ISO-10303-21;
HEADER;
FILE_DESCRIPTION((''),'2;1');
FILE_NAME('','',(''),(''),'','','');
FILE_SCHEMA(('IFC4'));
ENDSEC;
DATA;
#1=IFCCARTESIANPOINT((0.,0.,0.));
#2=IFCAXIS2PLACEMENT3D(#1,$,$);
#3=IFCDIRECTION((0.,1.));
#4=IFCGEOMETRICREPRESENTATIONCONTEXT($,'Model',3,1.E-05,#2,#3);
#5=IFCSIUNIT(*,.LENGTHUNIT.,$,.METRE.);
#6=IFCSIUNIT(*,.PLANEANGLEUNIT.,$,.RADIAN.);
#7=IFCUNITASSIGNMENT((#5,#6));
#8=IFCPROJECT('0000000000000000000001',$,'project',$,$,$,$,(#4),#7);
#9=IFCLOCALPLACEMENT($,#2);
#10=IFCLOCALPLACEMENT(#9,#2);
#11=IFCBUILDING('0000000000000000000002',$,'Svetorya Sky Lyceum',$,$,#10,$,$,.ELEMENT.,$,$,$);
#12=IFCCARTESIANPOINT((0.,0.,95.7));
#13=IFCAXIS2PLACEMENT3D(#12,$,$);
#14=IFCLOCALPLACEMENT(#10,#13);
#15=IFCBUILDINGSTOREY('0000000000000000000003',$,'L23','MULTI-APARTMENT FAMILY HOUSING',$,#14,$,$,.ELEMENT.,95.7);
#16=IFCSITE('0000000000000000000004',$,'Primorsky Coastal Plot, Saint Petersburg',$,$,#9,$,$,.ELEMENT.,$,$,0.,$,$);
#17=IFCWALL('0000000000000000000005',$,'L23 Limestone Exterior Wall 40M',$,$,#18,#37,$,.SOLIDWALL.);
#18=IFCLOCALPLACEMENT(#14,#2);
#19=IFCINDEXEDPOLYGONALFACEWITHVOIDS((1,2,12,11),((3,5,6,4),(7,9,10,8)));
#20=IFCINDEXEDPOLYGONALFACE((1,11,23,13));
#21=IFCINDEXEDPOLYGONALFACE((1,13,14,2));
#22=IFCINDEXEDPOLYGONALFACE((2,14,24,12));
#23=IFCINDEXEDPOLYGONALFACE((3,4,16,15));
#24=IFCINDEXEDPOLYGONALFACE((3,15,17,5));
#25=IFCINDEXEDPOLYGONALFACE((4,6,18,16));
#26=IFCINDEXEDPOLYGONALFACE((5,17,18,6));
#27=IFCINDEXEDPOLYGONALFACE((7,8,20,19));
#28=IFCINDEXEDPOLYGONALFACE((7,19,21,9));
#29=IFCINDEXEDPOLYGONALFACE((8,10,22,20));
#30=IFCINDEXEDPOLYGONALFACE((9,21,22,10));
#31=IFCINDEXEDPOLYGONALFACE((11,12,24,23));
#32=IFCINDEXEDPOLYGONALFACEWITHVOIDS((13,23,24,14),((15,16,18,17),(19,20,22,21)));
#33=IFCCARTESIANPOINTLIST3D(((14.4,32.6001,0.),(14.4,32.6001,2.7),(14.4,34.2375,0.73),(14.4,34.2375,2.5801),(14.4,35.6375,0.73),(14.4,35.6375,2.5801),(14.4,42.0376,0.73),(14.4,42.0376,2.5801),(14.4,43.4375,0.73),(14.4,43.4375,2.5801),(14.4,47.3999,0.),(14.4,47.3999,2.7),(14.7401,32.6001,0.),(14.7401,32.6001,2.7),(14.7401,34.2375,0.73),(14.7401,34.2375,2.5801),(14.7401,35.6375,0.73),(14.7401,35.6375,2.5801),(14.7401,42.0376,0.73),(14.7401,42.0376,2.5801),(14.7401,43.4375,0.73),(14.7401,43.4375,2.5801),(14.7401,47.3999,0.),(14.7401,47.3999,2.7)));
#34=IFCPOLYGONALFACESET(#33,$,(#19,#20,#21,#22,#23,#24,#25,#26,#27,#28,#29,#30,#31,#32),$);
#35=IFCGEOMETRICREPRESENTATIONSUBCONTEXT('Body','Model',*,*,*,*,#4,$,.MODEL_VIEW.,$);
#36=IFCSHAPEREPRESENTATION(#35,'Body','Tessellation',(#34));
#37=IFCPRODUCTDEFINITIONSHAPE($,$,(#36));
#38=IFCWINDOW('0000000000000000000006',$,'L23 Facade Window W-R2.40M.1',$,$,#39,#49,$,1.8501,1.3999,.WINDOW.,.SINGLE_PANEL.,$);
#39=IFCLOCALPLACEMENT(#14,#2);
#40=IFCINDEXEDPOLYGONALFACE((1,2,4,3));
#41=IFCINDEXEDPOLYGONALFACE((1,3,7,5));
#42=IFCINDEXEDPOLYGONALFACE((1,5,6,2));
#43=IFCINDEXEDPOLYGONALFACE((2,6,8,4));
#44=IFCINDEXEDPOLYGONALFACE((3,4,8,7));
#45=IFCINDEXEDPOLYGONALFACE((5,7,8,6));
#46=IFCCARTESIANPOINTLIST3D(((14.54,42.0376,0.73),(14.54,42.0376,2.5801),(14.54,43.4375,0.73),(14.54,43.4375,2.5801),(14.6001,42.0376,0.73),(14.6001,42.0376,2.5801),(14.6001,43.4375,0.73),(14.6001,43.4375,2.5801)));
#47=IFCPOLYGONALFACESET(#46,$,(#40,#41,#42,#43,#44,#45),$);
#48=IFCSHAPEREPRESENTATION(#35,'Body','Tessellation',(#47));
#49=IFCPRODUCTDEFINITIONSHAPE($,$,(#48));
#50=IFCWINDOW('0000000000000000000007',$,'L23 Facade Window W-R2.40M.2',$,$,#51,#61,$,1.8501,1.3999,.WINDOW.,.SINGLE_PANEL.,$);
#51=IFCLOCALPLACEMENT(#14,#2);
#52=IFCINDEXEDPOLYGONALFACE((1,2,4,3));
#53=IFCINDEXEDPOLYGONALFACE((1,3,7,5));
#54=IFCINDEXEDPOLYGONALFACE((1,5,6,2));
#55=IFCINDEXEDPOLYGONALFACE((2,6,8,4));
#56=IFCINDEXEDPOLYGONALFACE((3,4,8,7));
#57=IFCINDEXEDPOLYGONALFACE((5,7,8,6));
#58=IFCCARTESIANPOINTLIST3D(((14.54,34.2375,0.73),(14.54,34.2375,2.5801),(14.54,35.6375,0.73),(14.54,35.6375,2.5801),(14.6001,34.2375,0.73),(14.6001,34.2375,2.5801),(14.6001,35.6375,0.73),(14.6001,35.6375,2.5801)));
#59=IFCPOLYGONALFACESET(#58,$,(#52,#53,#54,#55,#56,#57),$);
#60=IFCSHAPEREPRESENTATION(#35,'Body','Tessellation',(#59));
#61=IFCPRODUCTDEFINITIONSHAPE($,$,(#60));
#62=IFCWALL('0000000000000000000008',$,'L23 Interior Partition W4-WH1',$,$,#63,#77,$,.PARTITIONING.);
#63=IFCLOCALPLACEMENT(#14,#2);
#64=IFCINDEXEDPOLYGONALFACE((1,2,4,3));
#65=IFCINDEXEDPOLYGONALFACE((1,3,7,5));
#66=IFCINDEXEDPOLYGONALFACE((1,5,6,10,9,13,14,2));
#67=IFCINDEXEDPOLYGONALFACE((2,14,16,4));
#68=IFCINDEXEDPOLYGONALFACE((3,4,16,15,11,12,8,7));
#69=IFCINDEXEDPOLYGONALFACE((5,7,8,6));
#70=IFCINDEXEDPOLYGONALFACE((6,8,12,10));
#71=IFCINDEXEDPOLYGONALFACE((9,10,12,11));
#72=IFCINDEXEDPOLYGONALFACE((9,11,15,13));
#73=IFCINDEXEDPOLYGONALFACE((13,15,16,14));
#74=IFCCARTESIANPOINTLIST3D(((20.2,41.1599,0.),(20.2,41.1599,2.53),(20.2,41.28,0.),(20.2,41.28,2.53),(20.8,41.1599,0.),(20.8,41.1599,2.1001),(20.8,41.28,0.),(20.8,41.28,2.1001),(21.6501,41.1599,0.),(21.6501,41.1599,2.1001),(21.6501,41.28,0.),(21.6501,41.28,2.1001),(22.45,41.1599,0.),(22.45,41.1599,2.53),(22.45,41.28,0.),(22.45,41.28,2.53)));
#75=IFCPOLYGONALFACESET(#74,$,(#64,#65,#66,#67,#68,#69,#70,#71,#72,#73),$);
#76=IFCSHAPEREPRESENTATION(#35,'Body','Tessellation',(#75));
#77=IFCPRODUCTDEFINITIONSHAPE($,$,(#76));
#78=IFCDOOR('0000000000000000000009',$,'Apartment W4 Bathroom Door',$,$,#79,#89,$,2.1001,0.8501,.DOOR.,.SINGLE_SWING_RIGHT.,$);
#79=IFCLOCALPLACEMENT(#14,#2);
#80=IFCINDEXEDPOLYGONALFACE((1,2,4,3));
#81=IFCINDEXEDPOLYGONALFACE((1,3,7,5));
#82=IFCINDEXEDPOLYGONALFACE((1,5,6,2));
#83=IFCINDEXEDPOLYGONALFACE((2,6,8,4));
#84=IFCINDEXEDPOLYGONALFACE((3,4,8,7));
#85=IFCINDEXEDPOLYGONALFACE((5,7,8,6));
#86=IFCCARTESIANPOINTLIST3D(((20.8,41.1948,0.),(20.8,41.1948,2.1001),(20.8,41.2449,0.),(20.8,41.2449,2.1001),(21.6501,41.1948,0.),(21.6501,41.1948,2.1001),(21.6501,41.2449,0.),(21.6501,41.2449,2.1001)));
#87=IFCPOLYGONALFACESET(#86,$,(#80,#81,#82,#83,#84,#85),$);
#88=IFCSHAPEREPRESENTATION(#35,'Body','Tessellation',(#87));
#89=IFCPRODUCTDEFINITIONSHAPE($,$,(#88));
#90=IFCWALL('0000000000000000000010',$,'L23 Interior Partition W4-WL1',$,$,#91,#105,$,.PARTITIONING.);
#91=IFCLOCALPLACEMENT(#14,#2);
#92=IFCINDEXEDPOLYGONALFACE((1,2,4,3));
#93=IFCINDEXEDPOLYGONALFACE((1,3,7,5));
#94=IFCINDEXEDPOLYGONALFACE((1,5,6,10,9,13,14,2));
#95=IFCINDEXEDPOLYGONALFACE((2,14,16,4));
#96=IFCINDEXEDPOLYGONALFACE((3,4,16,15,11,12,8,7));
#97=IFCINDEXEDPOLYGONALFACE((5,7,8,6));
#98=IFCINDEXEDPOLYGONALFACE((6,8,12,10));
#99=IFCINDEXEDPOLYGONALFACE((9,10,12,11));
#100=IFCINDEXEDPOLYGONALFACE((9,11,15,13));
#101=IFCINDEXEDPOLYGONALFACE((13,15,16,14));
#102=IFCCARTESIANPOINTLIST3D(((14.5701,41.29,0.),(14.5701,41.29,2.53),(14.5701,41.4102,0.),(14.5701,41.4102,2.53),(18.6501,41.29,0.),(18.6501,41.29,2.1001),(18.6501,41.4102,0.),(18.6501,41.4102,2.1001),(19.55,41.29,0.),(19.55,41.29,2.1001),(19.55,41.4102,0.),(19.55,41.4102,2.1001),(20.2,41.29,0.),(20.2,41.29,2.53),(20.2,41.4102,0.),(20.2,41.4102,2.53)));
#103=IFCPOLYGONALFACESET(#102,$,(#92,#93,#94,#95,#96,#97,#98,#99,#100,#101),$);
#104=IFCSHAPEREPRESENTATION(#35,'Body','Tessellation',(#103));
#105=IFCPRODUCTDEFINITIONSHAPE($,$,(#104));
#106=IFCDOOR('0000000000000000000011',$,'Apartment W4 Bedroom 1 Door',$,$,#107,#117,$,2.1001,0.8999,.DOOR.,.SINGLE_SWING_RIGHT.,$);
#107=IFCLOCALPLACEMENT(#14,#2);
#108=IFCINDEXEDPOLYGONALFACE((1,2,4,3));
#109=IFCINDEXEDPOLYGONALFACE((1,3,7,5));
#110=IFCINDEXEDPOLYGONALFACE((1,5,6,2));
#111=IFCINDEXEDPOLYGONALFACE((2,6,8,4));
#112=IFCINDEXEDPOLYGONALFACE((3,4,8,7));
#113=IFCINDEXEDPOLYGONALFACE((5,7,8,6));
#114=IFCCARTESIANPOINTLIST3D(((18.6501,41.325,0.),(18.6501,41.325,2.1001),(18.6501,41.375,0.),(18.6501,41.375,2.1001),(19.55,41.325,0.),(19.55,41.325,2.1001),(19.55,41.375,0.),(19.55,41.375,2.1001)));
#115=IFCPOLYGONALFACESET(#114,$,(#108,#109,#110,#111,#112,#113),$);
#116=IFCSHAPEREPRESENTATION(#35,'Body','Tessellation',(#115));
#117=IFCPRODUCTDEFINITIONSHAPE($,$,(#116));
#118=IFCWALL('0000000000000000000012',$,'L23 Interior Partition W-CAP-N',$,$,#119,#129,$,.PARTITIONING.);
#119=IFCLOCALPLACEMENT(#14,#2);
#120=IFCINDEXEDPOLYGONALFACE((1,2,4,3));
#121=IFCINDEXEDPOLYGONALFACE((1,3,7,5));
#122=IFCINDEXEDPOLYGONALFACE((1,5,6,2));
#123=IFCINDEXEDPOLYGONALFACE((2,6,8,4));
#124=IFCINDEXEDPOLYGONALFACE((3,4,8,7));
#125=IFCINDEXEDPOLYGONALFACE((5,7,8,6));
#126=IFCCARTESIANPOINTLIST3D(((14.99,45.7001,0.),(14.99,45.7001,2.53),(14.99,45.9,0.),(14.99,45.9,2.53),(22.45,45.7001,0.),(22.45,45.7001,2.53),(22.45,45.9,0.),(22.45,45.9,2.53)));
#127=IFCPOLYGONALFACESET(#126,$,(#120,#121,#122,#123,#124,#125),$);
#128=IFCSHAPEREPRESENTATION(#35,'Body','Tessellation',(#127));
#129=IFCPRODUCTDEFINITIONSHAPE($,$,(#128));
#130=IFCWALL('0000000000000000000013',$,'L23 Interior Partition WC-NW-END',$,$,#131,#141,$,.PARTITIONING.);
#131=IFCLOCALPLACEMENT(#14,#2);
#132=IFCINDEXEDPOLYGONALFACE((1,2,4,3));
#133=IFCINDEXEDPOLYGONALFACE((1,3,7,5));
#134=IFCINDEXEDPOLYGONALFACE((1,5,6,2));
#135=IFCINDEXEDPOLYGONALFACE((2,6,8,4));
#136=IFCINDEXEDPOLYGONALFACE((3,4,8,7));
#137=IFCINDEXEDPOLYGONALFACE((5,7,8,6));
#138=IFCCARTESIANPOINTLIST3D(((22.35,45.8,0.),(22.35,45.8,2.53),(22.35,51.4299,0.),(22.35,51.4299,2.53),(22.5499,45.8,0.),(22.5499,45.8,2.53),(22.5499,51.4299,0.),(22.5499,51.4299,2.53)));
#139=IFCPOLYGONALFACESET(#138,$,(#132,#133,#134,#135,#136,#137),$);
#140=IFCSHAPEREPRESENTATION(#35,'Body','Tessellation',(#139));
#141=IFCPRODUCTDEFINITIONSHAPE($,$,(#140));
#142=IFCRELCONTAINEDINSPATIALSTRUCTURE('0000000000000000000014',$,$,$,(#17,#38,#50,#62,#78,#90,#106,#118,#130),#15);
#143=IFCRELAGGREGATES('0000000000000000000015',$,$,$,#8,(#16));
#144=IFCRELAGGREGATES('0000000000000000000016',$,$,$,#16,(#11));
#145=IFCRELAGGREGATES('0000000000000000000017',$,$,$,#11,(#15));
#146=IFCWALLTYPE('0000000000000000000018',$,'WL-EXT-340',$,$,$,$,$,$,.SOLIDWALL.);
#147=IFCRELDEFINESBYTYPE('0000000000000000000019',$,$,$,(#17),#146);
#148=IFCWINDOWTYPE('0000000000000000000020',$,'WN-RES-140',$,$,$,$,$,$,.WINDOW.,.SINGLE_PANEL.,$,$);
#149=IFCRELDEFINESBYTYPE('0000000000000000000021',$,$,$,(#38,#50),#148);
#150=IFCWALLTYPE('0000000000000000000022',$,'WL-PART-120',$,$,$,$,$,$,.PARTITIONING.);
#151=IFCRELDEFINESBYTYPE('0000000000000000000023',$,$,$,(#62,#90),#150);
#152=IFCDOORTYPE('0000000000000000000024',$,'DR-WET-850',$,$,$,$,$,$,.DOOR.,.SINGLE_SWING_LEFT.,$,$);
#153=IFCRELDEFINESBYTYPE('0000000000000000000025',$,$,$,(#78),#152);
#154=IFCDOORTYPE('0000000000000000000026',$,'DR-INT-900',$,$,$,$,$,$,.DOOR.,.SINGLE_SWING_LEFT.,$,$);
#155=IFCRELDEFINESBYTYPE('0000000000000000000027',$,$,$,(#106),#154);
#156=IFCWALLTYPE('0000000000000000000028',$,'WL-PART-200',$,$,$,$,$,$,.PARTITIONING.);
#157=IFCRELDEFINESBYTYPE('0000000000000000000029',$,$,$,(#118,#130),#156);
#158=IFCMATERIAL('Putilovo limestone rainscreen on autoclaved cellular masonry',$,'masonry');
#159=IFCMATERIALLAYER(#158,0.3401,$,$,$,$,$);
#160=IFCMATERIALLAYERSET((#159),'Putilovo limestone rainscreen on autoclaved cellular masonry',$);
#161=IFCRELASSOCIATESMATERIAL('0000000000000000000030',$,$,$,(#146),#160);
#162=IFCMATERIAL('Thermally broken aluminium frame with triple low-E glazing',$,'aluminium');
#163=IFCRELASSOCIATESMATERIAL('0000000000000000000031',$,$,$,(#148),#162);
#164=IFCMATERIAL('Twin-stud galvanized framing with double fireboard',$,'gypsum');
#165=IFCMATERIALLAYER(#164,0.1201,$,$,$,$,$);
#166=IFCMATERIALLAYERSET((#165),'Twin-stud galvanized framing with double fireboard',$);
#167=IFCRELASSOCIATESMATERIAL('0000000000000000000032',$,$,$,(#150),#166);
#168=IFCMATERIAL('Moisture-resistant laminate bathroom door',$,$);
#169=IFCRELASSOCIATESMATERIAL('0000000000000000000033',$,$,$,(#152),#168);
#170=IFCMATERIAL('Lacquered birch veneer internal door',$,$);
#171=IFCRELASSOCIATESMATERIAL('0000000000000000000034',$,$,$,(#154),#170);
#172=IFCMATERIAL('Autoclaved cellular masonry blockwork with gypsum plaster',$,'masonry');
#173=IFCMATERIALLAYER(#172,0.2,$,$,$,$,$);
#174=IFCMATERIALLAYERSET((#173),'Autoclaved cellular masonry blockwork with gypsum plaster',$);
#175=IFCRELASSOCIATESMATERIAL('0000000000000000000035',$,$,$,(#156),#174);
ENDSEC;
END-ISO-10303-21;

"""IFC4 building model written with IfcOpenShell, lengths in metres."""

from ifc_helpers import new_model, si_unit, direction, frame, frame_2d, origin, place, context, subcontext, project, spatial, rectangle, extrude, material, layer, layer_set, type_object, element, fill, save


model = new_model("IFC4")

# Units and contexts
model_context = context("Model", 3, precision=1e-05, world=origin(), true_north=direction((0.0, 1.0)))
body_context = subcontext(model_context, "Body", "Model", "MODEL_VIEW")
ifc_project = project(units=[si_unit("LENGTHUNIT", "METRE"), si_unit("PLANEANGLEUNIT", "RADIAN")], contexts=[model_context])

# Site, building, storey
site_placement = place(None, origin())
site = spatial("IfcSite", under=ifc_project, at=site_placement, Name="Primorsky Coastal Plot, Saint Petersburg", CompositionType="ELEMENT", RefElevation=0.0)
building_placement = place(site_placement, origin())
building = spatial("IfcBuilding", under=site, at=building_placement, Name="Svetorya Sky Lyceum", CompositionType="ELEMENT")
storey_placement = place(building_placement, frame((0.0, 0.0, 95.7)))
storey = spatial("IfcBuildingStorey", under=building, at=storey_placement, Name="L23", Description="MULTI-APARTMENT FAMILY HOUSING", CompositionType="ELEMENT", Elevation=95.7)

# Shared definitions
ifc_material_1 = material(Name="Putilovo limestone rainscreen on autoclaved cellular masonry", Category="masonry")
ifc_layer_1 = layer(ifc_material_1, 0.3401)
ifc_layer_set_1 = layer_set([ifc_layer_1], Name="Putilovo limestone rainscreen on autoclaved cellular masonry")
wall_type_1 = type_object("IfcWallType", Name="WL-EXT-340", PredefinedType="SOLIDWALL", material=ifc_layer_set_1)

# Wall, openings, windows
wall_1_placement = place(storey_placement, frame((14.5701, 47.3999, 0.0), z_axis=(0.0, 0.0, 1.0), x_axis=(0.0, -1.0, 0.0)))
wall_1 = element("IfcWall", 1, at=wall_1_placement, inside=storey, type_object=wall_type_1, Name="L23 Limestone Exterior Wall 40M", PredefinedType="SOLIDWALL", context=body_context, shape_type="SweptSolid", body=[
    extrude(rectangle(XDim=14.7998, YDim=0.3401, at=frame_2d((7.3999, 0.0))), origin(), (0.0, 0.0, 1.0), 2.7),
])
opening_1_placement = place(wall_1_placement, frame((3.9624, 0.0, 0.73)))
opening_1 = element("IfcOpeningElement", 2, at=opening_1_placement, cuts=wall_1, PredefinedType="OPENING", context=body_context, shape_type="SweptSolid", body=[
    extrude(rectangle(XDim=1.3999, YDim=1.8501, at=frame_2d((0.7, 0.925))), frame((0.0, 0.1799, 0.0), z_axis=(0.0, -1.0, 0.0), x_axis=(1.0, 0.0, 0.0)), (0.0, 0.0, 1.0), 0.3601),
])
opening_2_placement = place(wall_1_placement, frame((11.7625, 0.0, 0.73)))
opening_2 = element("IfcOpeningElement", 3, at=opening_2_placement, cuts=wall_1, PredefinedType="OPENING", context=body_context, shape_type="SweptSolid", body=[
    extrude(rectangle(XDim=1.3999, YDim=1.8501, at=frame_2d((0.7, 0.925))), frame((0.0, 0.1799, 0.0), z_axis=(0.0, -1.0, 0.0), x_axis=(1.0, 0.0, 0.0)), (0.0, 0.0, 1.0), 0.3601),
])
ifc_material_2 = material(Name="Thermally broken aluminium frame with triple low-E glazing", Category="aluminium")
window_type = type_object("IfcWindowType", Name="WN-RES-140", PartitioningType="SINGLE_PANEL", PredefinedType="WINDOW", material=ifc_material_2)
window_1_placement = place(opening_1_placement, origin())
window_1 = element("IfcWindow", 4, at=window_1_placement, inside=storey, type_object=window_type, Name="L23 Facade Window W-R2.40M.1", OverallHeight=1.8501, OverallWidth=1.3999, PartitioningType="SINGLE_PANEL", PredefinedType="WINDOW", context=body_context, shape_type="SweptSolid", body=[
    extrude(rectangle(XDim=1.3999, YDim=1.8501, at=frame_2d((0.7, 0.925))), frame((0.0, 0.03, 0.0), z_axis=(0.0, -1.0, 0.0), x_axis=(1.0, 0.0, 0.0)), (0.0, 0.0, 1.0), 0.0601),
])
fill(opening_1, window_1)
window_2_placement = place(opening_2_placement, origin())
window_2 = element("IfcWindow", 5, at=window_2_placement, inside=storey, type_object=window_type, Name="L23 Facade Window W-R2.40M.2", OverallHeight=1.8501, OverallWidth=1.3999, PartitioningType="SINGLE_PANEL", PredefinedType="WINDOW", context=body_context, shape_type="SweptSolid", body=[
    extrude(rectangle(XDim=1.3999, YDim=1.8501, at=frame_2d((0.7, 0.925))), frame((0.0, 0.03, 0.0), z_axis=(0.0, -1.0, 0.0), x_axis=(1.0, 0.0, 0.0)), (0.0, 0.0, 1.0), 0.0601),
])
fill(opening_2, window_2)

# Walls, openings, doors
ifc_material_3 = material(Name="Twin-stud galvanized framing with double fireboard", Category="gypsum")
ifc_layer_2 = layer(ifc_material_3, 0.1201)
ifc_layer_set_2 = layer_set([ifc_layer_2], Name="Twin-stud galvanized framing with double fireboard")
wall_type_2 = type_object("IfcWallType", Name="WL-PART-120", PredefinedType="PARTITIONING", material=ifc_layer_set_2)
wall_2_placement = place(storey_placement, frame((20.2, 41.22, 0.0), z_axis=(0.0, 0.0, 1.0), x_axis=(1.0, 0.0, 0.0)))
wall_2 = element("IfcWall", 6, at=wall_2_placement, inside=storey, type_object=wall_type_2, Name="L23 Interior Partition W4-WH1", PredefinedType="PARTITIONING", context=body_context, shape_type="SweptSolid", body=[
    extrude(rectangle(XDim=2.25, YDim=0.1201, at=frame_2d((1.125, 0.0))), origin(), (0.0, 0.0, 1.0), 2.53),
])
opening_3_placement = place(wall_2_placement, frame((0.6001, 0.0, 0.0)))
opening_3 = element("IfcOpeningElement", 7, at=opening_3_placement, cuts=wall_2, PredefinedType="OPENING", context=body_context, shape_type="SweptSolid", body=[
    extrude(rectangle(XDim=0.8501, YDim=2.1001, at=frame_2d((0.425, 1.05))), frame((0.0, 0.0701, 0.0), z_axis=(0.0, -1.0, 0.0), x_axis=(1.0, 0.0, 0.0)), (0.0, 0.0, 1.0), 0.1401),
])
ifc_material_4 = material(Name="Moisture-resistant laminate bathroom door")
door_type_1 = type_object("IfcDoorType", Name="DR-WET-850", OperationType="SINGLE_SWING_LEFT", PredefinedType="DOOR", material=ifc_material_4)
door_1_placement = place(opening_3_placement, origin())
door_1 = element("IfcDoor", 8, at=door_1_placement, inside=storey, type_object=door_type_1, Name="Apartment W4 Bathroom Door", OperationType="SINGLE_SWING_RIGHT", OverallHeight=2.1001, OverallWidth=0.8501, PredefinedType="DOOR", context=body_context, shape_type="SweptSolid", body=[
    extrude(rectangle(XDim=0.8501, YDim=2.1001, at=frame_2d((0.425, 1.05))), frame((0.0, 0.0249, 0.0), z_axis=(0.0, -1.0, 0.0), x_axis=(1.0, 0.0, 0.0)), (0.0, 0.0, 1.0), 0.05),
])
fill(opening_3, door_1)
wall_3_placement = place(storey_placement, frame((14.5701, 41.3501, 0.0), z_axis=(0.0, 0.0, 1.0), x_axis=(1.0, 0.0, 0.0)))
wall_3 = element("IfcWall", 9, at=wall_3_placement, inside=storey, type_object=wall_type_2, Name="L23 Interior Partition W4-WL1", PredefinedType="PARTITIONING", context=body_context, shape_type="SweptSolid", body=[
    extrude(rectangle(XDim=5.6299, YDim=0.1201, at=frame_2d((2.8149, 0.0))), origin(), (0.0, 0.0, 1.0), 2.53),
])
opening_4_placement = place(wall_3_placement, frame((4.0801, 0.0, 0.0)))
opening_4 = element("IfcOpeningElement", 10, at=opening_4_placement, cuts=wall_3, PredefinedType="OPENING", context=body_context, shape_type="SweptSolid", body=[
    extrude(rectangle(XDim=0.8999, YDim=2.1001, at=frame_2d((0.45, 1.05))), frame((0.0, 0.0701, 0.0), z_axis=(0.0, -1.0, 0.0), x_axis=(1.0, 0.0, 0.0)), (0.0, 0.0, 1.0), 0.1401),
])
ifc_material_5 = material(Name="Lacquered birch veneer internal door")
door_type_2 = type_object("IfcDoorType", Name="DR-INT-900", OperationType="SINGLE_SWING_LEFT", PredefinedType="DOOR", material=ifc_material_5)
door_2_placement = place(opening_4_placement, origin())
door_2 = element("IfcDoor", 11, at=door_2_placement, inside=storey, type_object=door_type_2, Name="Apartment W4 Bedroom 1 Door", OperationType="SINGLE_SWING_RIGHT", OverallHeight=2.1001, OverallWidth=0.8999, PredefinedType="DOOR", context=body_context, shape_type="SweptSolid", body=[
    extrude(rectangle(XDim=0.8999, YDim=2.1001, at=frame_2d((0.45, 1.05))), frame((0.0, 0.0249, 0.0), z_axis=(0.0, -1.0, 0.0), x_axis=(1.0, 0.0, 0.0)), (0.0, 0.0, 1.0), 0.05),
])
fill(opening_4, door_2)

# Walls
ifc_material_6 = material(Name="Autoclaved cellular masonry blockwork with gypsum plaster", Category="masonry")
ifc_layer_3 = layer(ifc_material_6, 0.2)
ifc_layer_set_3 = layer_set([ifc_layer_3], Name="Autoclaved cellular masonry blockwork with gypsum plaster")
wall_type_3 = type_object("IfcWallType", Name="WL-PART-200", PredefinedType="PARTITIONING", material=ifc_layer_set_3)
wall_4_placement = place(storey_placement, frame((14.99, 45.8, 0.0), z_axis=(0.0, 0.0, 1.0), x_axis=(1.0, 0.0, 0.0)))
element("IfcWall", 12, at=wall_4_placement, inside=storey, type_object=wall_type_3, Name="L23 Interior Partition W-CAP-N", PredefinedType="PARTITIONING", context=body_context, shape_type="SweptSolid", body=[
    extrude(rectangle(XDim=7.46, YDim=0.2, at=frame_2d((3.73, 0.0))), origin(), (0.0, 0.0, 1.0), 2.53),
])
wall_5_placement = place(storey_placement, frame((22.45, 45.8, 0.0), z_axis=(0.0, 0.0, 1.0), x_axis=(0.0, 1.0, 0.0)))
element("IfcWall", 13, at=wall_5_placement, inside=storey, type_object=wall_type_3, Name="L23 Interior Partition WC-NW-END", PredefinedType="PARTITIONING", context=body_context, shape_type="SweptSolid", body=[
    extrude(rectangle(XDim=5.6299, YDim=0.2, at=frame_2d((2.8149, 0.0))), origin(), (0.0, 0.0, 1.0), 2.53),
])

save(model, "model.ifc")
